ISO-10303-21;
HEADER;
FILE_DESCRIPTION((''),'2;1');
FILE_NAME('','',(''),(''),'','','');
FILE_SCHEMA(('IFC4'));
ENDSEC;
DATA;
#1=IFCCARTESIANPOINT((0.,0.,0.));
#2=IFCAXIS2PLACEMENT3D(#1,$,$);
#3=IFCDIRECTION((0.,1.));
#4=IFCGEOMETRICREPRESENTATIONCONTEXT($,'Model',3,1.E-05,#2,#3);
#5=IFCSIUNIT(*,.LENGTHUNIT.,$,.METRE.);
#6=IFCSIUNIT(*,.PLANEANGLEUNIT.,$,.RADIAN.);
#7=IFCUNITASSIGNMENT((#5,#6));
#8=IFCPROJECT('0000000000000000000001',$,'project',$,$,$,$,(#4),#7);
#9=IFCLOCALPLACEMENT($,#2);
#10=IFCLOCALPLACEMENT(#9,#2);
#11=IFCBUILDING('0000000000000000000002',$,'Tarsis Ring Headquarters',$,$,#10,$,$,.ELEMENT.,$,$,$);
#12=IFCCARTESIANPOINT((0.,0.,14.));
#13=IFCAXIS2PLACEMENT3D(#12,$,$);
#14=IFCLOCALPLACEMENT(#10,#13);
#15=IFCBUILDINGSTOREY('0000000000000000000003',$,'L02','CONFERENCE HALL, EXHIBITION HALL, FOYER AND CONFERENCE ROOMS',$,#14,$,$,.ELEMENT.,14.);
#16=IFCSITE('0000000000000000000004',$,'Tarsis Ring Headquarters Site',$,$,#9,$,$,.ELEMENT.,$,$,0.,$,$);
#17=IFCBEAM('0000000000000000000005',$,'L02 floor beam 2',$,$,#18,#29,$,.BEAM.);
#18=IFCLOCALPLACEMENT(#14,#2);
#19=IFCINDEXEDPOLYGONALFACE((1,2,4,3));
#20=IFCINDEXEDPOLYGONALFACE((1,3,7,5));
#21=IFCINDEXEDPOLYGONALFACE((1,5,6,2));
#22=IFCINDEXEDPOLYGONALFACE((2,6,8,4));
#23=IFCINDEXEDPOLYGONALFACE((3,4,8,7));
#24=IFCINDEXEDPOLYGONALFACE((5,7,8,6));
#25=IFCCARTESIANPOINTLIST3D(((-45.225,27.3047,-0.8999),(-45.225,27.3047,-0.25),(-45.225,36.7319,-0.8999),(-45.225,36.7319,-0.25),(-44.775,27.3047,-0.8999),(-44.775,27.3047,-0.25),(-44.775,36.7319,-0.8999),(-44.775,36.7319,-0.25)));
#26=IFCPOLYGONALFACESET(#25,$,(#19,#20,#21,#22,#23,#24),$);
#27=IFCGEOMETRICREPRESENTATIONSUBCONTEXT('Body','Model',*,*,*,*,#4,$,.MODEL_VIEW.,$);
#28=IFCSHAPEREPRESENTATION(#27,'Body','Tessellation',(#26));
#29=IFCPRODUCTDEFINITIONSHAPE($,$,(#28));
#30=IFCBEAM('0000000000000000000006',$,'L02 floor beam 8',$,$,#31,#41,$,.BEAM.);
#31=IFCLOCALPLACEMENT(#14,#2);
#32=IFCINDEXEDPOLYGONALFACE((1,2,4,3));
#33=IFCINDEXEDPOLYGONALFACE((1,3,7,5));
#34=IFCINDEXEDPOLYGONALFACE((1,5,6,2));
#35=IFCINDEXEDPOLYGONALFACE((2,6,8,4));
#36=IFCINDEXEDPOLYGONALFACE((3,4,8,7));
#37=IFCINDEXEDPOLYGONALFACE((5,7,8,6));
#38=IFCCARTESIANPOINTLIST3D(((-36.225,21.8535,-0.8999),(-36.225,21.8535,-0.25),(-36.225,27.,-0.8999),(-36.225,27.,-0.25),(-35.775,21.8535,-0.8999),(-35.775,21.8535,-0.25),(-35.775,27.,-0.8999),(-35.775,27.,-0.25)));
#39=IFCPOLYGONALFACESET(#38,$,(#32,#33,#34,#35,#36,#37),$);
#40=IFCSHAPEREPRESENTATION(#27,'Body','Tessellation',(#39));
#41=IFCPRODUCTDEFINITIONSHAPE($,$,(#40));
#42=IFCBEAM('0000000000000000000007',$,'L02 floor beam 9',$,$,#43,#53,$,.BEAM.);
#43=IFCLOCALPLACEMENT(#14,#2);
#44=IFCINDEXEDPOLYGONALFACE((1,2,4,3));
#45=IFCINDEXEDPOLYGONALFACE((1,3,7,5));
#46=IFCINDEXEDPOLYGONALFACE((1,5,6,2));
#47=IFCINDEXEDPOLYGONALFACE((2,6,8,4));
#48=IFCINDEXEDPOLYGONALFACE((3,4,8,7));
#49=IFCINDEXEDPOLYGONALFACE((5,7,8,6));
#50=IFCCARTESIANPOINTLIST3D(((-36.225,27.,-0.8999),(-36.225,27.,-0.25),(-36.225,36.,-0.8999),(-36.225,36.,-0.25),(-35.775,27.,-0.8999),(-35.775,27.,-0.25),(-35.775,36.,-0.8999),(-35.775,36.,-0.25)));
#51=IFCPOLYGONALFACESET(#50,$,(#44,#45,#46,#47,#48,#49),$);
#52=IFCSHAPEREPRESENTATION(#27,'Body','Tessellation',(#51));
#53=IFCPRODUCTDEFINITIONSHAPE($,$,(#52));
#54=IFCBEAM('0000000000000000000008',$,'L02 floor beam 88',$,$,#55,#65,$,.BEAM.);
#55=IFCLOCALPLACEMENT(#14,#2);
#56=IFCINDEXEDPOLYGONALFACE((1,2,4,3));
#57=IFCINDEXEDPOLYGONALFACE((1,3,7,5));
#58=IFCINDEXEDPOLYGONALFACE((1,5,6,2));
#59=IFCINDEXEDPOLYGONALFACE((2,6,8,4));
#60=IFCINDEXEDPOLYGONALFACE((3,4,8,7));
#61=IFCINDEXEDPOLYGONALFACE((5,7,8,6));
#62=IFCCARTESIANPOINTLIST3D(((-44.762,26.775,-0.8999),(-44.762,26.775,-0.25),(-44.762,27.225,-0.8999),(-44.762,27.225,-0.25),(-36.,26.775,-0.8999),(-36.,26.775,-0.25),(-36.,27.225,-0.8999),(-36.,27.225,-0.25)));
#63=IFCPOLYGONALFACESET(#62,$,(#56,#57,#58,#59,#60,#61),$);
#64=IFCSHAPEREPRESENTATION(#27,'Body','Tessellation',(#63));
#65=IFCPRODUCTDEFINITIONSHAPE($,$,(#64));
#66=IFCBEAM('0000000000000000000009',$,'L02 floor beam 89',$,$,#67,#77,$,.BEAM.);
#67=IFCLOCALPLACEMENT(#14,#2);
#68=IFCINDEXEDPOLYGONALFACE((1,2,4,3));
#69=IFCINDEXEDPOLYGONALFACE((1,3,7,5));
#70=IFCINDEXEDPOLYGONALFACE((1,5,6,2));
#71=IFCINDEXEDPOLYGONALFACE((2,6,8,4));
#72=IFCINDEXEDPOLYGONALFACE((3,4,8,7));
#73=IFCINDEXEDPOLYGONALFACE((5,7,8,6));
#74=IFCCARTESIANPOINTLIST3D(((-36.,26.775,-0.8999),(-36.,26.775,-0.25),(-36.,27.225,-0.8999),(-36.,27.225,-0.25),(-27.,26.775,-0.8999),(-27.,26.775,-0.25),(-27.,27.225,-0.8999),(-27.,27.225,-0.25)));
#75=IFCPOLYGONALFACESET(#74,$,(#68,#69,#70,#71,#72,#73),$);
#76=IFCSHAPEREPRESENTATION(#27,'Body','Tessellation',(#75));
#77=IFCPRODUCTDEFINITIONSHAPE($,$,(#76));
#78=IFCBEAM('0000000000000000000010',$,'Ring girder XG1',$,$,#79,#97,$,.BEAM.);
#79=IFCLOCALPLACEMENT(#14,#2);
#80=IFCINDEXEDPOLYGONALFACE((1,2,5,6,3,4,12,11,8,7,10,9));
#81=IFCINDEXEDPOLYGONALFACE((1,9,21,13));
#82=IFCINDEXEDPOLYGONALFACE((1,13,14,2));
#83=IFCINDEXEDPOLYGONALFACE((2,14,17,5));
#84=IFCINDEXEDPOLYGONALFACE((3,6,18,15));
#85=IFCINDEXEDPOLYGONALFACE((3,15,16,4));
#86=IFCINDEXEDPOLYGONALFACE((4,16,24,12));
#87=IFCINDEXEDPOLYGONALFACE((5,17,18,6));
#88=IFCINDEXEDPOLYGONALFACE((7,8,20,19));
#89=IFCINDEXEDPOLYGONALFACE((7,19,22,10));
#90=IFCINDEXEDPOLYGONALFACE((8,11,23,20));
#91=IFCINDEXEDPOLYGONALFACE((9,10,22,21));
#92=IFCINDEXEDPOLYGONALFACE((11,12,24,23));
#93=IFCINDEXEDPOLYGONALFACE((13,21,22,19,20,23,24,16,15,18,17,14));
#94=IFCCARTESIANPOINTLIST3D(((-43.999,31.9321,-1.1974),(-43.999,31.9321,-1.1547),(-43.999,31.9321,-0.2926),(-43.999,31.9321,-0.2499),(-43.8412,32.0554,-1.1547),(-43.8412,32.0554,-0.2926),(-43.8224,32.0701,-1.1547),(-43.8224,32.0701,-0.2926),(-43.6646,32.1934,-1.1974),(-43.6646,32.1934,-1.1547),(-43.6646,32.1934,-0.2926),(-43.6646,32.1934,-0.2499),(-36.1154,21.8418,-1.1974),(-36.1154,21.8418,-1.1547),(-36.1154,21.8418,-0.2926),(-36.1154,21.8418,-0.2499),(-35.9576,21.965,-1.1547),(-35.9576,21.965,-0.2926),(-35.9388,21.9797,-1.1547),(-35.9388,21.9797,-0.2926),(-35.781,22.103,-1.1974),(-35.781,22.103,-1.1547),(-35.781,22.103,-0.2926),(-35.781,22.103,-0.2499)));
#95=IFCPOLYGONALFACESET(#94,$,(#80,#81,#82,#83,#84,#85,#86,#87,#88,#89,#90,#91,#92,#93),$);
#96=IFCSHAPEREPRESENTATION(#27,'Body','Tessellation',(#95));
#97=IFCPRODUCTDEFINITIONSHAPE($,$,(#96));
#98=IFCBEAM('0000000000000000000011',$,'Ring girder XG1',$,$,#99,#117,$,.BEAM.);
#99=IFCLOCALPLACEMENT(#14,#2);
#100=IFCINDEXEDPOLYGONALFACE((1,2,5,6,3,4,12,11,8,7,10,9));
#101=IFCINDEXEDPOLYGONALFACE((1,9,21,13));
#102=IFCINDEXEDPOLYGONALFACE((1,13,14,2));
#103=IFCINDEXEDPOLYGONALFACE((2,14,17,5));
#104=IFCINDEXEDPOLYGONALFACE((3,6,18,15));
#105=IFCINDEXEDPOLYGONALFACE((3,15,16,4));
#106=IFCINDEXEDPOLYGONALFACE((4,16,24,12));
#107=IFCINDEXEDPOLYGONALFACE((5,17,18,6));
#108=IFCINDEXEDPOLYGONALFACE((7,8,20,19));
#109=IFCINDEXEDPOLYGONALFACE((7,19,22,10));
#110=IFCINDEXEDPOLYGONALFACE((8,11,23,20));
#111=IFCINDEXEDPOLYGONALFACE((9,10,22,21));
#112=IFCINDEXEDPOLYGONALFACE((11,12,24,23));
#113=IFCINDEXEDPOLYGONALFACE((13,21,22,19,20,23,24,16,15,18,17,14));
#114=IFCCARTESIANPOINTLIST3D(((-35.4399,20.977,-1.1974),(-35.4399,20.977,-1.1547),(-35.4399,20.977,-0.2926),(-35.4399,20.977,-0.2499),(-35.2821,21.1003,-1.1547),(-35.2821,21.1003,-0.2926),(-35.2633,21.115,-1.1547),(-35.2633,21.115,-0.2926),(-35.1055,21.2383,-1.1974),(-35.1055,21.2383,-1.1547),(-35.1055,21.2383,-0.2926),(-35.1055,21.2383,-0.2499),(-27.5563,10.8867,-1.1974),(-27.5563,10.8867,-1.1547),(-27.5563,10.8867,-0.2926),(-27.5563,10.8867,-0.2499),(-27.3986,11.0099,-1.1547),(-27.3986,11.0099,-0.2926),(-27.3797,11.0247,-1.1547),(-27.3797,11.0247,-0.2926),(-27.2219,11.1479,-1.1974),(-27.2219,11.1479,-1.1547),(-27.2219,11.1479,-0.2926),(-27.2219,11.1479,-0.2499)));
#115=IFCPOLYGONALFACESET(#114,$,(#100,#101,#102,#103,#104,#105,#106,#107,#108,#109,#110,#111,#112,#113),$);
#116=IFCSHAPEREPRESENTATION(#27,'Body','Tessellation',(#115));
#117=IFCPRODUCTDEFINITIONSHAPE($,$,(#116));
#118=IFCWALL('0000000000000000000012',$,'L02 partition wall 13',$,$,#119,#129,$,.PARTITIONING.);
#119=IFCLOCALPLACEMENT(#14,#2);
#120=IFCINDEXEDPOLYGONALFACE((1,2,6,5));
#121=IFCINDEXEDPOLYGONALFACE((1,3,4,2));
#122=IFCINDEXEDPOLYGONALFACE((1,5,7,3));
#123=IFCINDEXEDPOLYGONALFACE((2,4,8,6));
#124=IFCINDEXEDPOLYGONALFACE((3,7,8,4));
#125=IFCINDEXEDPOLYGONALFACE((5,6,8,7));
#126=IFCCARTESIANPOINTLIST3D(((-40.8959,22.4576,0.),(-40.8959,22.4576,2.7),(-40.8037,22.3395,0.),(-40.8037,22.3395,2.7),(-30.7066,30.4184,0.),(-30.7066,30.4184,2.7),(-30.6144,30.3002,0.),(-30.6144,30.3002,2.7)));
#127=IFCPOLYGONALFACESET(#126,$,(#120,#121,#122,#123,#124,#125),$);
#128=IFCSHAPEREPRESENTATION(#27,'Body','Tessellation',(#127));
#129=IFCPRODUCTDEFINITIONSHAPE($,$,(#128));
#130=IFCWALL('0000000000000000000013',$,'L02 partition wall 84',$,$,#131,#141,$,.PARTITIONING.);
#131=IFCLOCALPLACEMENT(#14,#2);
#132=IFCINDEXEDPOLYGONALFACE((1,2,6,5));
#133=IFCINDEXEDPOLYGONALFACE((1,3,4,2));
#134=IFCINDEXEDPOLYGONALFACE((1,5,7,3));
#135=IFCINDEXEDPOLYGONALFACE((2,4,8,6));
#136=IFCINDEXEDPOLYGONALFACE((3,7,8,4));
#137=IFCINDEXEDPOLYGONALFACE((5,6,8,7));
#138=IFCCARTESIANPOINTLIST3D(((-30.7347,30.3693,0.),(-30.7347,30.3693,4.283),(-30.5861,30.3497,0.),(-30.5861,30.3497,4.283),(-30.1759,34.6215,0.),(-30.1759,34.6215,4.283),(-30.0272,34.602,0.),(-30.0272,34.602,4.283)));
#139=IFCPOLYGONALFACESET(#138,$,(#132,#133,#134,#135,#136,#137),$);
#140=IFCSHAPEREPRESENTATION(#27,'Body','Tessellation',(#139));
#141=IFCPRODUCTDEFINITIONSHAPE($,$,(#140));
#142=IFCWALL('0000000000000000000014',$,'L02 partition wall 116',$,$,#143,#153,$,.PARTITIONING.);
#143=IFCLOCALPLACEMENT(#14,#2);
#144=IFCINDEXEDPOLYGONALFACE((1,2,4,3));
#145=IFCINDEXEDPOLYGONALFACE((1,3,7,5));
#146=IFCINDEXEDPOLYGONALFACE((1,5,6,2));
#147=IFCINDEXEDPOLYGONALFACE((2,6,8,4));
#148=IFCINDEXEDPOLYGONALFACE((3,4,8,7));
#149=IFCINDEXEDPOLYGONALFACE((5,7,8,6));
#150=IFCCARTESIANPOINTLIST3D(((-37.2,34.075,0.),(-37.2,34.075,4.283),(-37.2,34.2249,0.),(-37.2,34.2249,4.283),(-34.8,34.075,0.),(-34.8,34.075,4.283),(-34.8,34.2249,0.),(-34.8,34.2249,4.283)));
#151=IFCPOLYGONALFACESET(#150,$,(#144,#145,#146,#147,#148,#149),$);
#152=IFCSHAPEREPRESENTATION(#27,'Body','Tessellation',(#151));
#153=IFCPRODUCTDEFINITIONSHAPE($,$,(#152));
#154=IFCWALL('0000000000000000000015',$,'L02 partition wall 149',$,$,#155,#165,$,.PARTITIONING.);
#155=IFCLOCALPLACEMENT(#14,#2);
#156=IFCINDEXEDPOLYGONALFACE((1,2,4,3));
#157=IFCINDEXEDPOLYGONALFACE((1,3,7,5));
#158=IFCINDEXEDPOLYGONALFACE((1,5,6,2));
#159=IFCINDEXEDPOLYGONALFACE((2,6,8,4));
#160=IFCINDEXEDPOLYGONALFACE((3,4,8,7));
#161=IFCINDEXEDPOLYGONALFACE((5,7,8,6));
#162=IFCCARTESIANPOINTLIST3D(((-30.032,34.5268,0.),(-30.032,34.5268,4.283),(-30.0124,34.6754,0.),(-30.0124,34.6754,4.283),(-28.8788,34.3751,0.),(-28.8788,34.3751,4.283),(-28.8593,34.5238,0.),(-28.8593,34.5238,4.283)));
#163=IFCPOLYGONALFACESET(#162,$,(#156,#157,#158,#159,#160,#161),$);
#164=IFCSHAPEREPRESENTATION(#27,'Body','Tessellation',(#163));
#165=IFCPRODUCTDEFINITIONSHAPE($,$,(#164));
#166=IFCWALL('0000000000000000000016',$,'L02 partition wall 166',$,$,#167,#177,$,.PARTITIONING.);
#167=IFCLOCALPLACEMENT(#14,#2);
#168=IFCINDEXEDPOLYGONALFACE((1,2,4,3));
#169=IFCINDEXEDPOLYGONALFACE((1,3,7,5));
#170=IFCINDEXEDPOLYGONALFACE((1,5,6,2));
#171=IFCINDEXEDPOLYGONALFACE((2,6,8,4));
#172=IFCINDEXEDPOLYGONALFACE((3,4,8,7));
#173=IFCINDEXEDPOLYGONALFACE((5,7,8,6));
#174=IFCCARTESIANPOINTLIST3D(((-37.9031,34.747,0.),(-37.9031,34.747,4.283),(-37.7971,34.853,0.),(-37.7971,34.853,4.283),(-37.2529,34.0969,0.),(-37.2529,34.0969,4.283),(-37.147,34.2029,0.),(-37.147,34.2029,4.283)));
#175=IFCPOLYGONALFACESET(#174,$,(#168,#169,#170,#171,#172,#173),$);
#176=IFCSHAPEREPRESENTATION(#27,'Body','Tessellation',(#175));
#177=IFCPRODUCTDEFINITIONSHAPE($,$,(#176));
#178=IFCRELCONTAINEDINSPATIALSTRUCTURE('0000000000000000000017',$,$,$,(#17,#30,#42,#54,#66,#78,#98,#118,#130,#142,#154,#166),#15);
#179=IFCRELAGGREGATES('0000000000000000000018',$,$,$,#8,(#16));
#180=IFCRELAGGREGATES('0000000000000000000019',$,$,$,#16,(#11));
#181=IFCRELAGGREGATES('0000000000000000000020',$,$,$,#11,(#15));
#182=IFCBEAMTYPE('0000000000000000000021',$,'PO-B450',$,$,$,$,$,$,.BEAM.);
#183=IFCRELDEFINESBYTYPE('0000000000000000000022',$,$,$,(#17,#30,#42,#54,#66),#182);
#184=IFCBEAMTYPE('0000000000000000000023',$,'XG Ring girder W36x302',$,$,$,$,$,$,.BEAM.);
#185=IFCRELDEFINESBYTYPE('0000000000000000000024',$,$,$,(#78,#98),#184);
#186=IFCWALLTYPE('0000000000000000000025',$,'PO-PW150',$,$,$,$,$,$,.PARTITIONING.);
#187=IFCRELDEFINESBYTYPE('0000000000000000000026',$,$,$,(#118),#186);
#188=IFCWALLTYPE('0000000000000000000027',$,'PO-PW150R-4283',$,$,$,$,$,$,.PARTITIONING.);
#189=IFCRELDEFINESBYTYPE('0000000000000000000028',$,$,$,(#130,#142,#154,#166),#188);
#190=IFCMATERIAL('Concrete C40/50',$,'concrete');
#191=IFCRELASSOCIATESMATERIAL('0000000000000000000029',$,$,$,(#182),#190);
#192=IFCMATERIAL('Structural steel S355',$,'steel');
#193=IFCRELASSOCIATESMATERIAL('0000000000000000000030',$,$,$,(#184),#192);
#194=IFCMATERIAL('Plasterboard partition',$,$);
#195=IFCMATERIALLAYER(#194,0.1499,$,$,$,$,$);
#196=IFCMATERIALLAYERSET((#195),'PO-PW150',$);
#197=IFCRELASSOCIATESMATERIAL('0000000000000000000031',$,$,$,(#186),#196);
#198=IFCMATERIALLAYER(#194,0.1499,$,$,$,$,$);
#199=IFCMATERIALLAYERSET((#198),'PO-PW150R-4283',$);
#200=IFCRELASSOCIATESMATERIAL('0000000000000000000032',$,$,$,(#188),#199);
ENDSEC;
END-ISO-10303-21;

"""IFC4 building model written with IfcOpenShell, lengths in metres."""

from ifc_helpers import new_model, si_unit, direction, frame, frame_2d, origin, origin_2d, place, context, subcontext, project, spatial, rectangle, i_section, extrude, material, layer, layer_set, material_profile, profile_set, type_object, element, save


model = new_model("IFC4")

# Units and contexts
model_context = context("Model", 3, precision=1e-05, world=origin(), true_north=direction((0.0, 1.0)))
body_context = subcontext(model_context, "Body", "Model", "MODEL_VIEW")
ifc_project = project(units=[si_unit("LENGTHUNIT", "METRE"), si_unit("PLANEANGLEUNIT", "RADIAN")], contexts=[model_context])

# Site, building, storey
site_placement = place(None, origin())
site = spatial("IfcSite", under=ifc_project, at=site_placement, Name="Tarsis Ring Headquarters Site", CompositionType="ELEMENT", RefElevation=0.0)
building_placement = place(site_placement, origin())
building = spatial("IfcBuilding", under=site, at=building_placement, Name="Tarsis Ring Headquarters", CompositionType="ELEMENT")
storey_placement = place(building_placement, frame((0.0, 0.0, 14.0)))
storey = spatial("IfcBuildingStorey", under=building, at=storey_placement, Name="L02", Description="CONFERENCE HALL, EXHIBITION HALL, FOYER AND CONFERENCE ROOMS", CompositionType="ELEMENT", Elevation=14.0)

# Beams
ifc_material_1 = material(Name="Concrete C40/50", Category="concrete")
ifc_material_profile_1 = material_profile(ifc_material_1, rectangle(XDim=0.45, YDim=0.6499, at=origin_2d()), Name="PO-B450")
ifc_profile_set_1 = profile_set([ifc_material_profile_1], Name="Concrete C40/50")
beam_type_1 = type_object("IfcBeamType", Name="PO-B450", PredefinedType="BEAM", material=ifc_profile_set_1)
beam_1_placement = place(storey_placement, frame((-45.0, 27.3047, -0.575), z_axis=(0.0, 1.0, 0.0), x_axis=(-1.0, 0.0, 0.0)))
element("IfcBeam", 1, at=beam_1_placement, inside=storey, type_object=beam_type_1, Name="L02 floor beam 2", PredefinedType="BEAM", context=body_context, shape_type="SweptSolid", body=[
    extrude(rectangle(XDim=0.45, YDim=0.6499, at=origin_2d()), origin(), (0.0, 0.0, 1.0), 9.4272),
])
beam_2_placement = place(storey_placement, frame((-36.0, 21.8535, -0.575), z_axis=(0.0, 1.0, 0.0), x_axis=(-1.0, 0.0, 0.0)))
element("IfcBeam", 2, at=beam_2_placement, inside=storey, type_object=beam_type_1, Name="L02 floor beam 8", PredefinedType="BEAM", context=body_context, shape_type="SweptSolid", body=[
    extrude(rectangle(XDim=0.45, YDim=0.6499, at=origin_2d()), origin(), (0.0, 0.0, 1.0), 5.1465),
])
beam_3_placement = place(storey_placement, frame((-36.0, 27.0, -0.575), z_axis=(0.0, 1.0, 0.0), x_axis=(-1.0, 0.0, 0.0)))
element("IfcBeam", 3, at=beam_3_placement, inside=storey, type_object=beam_type_1, Name="L02 floor beam 9", PredefinedType="BEAM", context=body_context, shape_type="SweptSolid", body=[
    extrude(rectangle(XDim=0.45, YDim=0.6499, at=origin_2d()), origin(), (0.0, 0.0, 1.0), 9.0),
])
beam_4_placement = place(storey_placement, frame((-44.762, 27.0, -0.575), z_axis=(1.0, 0.0, 0.0), x_axis=(0.0, 1.0, 0.0)))
element("IfcBeam", 4, at=beam_4_placement, inside=storey, type_object=beam_type_1, Name="L02 floor beam 88", PredefinedType="BEAM", context=body_context, shape_type="SweptSolid", body=[
    extrude(rectangle(XDim=0.45, YDim=0.6499, at=origin_2d()), origin(), (0.0, 0.0, 1.0), 8.762),
])
beam_5_placement = place(storey_placement, frame((-36.0, 27.0, -0.575), z_axis=(1.0, 0.0, 0.0), x_axis=(0.0, 1.0, 0.0)))
element("IfcBeam", 5, at=beam_5_placement, inside=storey, type_object=beam_type_1, Name="L02 floor beam 89", PredefinedType="BEAM", context=body_context, shape_type="SweptSolid", body=[
    extrude(rectangle(XDim=0.45, YDim=0.6499, at=origin_2d()), origin(), (0.0, 0.0, 1.0), 9.0),
])
ifc_material_2 = material(Name="Structural steel S355", Category="steel")
ifc_material_profile_2 = material_profile(ifc_material_2, i_section(OverallWidth=0.4243, OverallDepth=0.9475, WebThickness=0.0239, FlangeThickness=0.0427, at=origin_2d()), Name="W36x302")
ifc_profile_set_2 = profile_set([ifc_material_profile_2], Name="Structural steel S355")
beam_type_2 = type_object("IfcBeamType", Name="XG Ring girder W36x302", PredefinedType="BEAM", material=ifc_profile_set_2)
for number, where, z_axis, x_axis, name in (
    (6, (-43.8318, 32.0627, -0.7236), (0.615667, -0.788006, 0.0), (0.788006, 0.615667, 0.0), "Ring girder XG1"),
    (7, (-35.2727, 21.1077, -0.7236), (0.615667, -0.788006, 0.0), (0.788006, 0.615667, 0.0), "Ring girder XG1"),
):
    element("IfcBeam", number, at=place(storey_placement, frame(where, z_axis=z_axis, x_axis=x_axis)), inside=storey, type_object=beam_type_2, Name=name, PredefinedType="BEAM", context=body_context, shape_type="SweptSolid", body=[
        extrude(i_section(OverallWidth=0.4243, OverallDepth=0.9475, WebThickness=0.0239, FlangeThickness=0.0427, at=origin_2d()), origin(), (0.0, 0.0, 1.0), 12.8049),
    ])

# Walls
ifc_material_3 = material(Name="Plasterboard partition")
ifc_layer_1 = layer(ifc_material_3, 0.1499)
ifc_layer_set_1 = layer_set([ifc_layer_1], Name="PO-PW150")
wall_type_1 = type_object("IfcWallType", Name="PO-PW150", PredefinedType="PARTITIONING", material=ifc_layer_set_1)
wall_1_placement = place(storey_placement, frame((-30.6604, 30.3594, 0.0), z_axis=(0.0, 0.0, 1.0), x_axis=(-0.78801, -0.615662, 0.0)))
element("IfcWall", 8, at=wall_1_placement, inside=storey, type_object=wall_type_1, Name="L02 partition wall 13", PredefinedType="PARTITIONING", context=body_context, shape_type="SweptSolid", body=[
    extrude(rectangle(XDim=12.9304, YDim=0.1499, at=frame_2d((6.4653, 0.0))), origin(), (0.0, 0.0, 1.0), 2.7),
])
ifc_layer_2 = layer(ifc_material_3, 0.1499)
ifc_layer_set_2 = layer_set([ifc_layer_2], Name="PO-PW150R-4283")
wall_type_2 = type_object("IfcWallType", Name="PO-PW150R-4283", PredefinedType="PARTITIONING", material=ifc_layer_set_2)
wall_2_placement = place(storey_placement, frame((-30.6604, 30.3594, 0.0), z_axis=(0.0, 0.0, 1.0), x_axis=(0.130303, 0.991474, 0.0)))
element("IfcWall", 9, at=wall_2_placement, inside=storey, type_object=wall_type_2, Name="L02 partition wall 84", PredefinedType="PARTITIONING", context=body_context, shape_type="SweptSolid", body=[
    extrude(rectangle(XDim=4.2888, YDim=0.1499, at=frame_2d((2.1445, 0.0))), origin(), (0.0, 0.0, 1.0), 4.283),
])
wall_3_placement = place(storey_placement, frame((-34.8, 34.1499, 0.0), z_axis=(0.0, 0.0, 1.0), x_axis=(-1.0, 0.0, 0.0)))
element("IfcWall", 10, at=wall_3_placement, inside=storey, type_object=wall_type_2, Name="L02 partition wall 116", PredefinedType="PARTITIONING", context=body_context, shape_type="SweptSolid", body=[
    extrude(rectangle(XDim=2.3999, YDim=0.1499, at=frame_2d((1.2, 0.0))), origin(), (0.0, 0.0, 1.0), 4.283),
])
wall_4_placement = place(storey_placement, frame((-30.0222, 34.6011, 0.0), z_axis=(0.0, 0.0, 1.0), x_axis=(0.991466, -0.130362, 0.0)))
element("IfcWall", 11, at=wall_4_placement, inside=storey, type_object=wall_type_2, Name="L02 partition wall 149", PredefinedType="PARTITIONING", context=body_context, shape_type="SweptSolid", body=[
    extrude(rectangle(XDim=1.1631, YDim=0.1499, at=frame_2d((0.5815, 0.0))), origin(), (0.0, 0.0, 1.0), 4.283),
])
wall_5_placement = place(storey_placement, frame((-37.2, 34.1499, 0.0), z_axis=(0.0, 0.0, 1.0), x_axis=(-0.707107, 0.707107, 0.0)))
element("IfcWall", 12, at=wall_5_placement, inside=storey, type_object=wall_type_2, Name="L02 partition wall 166", PredefinedType="PARTITIONING", context=body_context, shape_type="SweptSolid", body=[
    extrude(rectangle(XDim=0.9194, YDim=0.1499, at=frame_2d((0.4597, 0.0))), origin(), (0.0, 0.0, 1.0), 4.283),
])

save(model, "model.ifc")
